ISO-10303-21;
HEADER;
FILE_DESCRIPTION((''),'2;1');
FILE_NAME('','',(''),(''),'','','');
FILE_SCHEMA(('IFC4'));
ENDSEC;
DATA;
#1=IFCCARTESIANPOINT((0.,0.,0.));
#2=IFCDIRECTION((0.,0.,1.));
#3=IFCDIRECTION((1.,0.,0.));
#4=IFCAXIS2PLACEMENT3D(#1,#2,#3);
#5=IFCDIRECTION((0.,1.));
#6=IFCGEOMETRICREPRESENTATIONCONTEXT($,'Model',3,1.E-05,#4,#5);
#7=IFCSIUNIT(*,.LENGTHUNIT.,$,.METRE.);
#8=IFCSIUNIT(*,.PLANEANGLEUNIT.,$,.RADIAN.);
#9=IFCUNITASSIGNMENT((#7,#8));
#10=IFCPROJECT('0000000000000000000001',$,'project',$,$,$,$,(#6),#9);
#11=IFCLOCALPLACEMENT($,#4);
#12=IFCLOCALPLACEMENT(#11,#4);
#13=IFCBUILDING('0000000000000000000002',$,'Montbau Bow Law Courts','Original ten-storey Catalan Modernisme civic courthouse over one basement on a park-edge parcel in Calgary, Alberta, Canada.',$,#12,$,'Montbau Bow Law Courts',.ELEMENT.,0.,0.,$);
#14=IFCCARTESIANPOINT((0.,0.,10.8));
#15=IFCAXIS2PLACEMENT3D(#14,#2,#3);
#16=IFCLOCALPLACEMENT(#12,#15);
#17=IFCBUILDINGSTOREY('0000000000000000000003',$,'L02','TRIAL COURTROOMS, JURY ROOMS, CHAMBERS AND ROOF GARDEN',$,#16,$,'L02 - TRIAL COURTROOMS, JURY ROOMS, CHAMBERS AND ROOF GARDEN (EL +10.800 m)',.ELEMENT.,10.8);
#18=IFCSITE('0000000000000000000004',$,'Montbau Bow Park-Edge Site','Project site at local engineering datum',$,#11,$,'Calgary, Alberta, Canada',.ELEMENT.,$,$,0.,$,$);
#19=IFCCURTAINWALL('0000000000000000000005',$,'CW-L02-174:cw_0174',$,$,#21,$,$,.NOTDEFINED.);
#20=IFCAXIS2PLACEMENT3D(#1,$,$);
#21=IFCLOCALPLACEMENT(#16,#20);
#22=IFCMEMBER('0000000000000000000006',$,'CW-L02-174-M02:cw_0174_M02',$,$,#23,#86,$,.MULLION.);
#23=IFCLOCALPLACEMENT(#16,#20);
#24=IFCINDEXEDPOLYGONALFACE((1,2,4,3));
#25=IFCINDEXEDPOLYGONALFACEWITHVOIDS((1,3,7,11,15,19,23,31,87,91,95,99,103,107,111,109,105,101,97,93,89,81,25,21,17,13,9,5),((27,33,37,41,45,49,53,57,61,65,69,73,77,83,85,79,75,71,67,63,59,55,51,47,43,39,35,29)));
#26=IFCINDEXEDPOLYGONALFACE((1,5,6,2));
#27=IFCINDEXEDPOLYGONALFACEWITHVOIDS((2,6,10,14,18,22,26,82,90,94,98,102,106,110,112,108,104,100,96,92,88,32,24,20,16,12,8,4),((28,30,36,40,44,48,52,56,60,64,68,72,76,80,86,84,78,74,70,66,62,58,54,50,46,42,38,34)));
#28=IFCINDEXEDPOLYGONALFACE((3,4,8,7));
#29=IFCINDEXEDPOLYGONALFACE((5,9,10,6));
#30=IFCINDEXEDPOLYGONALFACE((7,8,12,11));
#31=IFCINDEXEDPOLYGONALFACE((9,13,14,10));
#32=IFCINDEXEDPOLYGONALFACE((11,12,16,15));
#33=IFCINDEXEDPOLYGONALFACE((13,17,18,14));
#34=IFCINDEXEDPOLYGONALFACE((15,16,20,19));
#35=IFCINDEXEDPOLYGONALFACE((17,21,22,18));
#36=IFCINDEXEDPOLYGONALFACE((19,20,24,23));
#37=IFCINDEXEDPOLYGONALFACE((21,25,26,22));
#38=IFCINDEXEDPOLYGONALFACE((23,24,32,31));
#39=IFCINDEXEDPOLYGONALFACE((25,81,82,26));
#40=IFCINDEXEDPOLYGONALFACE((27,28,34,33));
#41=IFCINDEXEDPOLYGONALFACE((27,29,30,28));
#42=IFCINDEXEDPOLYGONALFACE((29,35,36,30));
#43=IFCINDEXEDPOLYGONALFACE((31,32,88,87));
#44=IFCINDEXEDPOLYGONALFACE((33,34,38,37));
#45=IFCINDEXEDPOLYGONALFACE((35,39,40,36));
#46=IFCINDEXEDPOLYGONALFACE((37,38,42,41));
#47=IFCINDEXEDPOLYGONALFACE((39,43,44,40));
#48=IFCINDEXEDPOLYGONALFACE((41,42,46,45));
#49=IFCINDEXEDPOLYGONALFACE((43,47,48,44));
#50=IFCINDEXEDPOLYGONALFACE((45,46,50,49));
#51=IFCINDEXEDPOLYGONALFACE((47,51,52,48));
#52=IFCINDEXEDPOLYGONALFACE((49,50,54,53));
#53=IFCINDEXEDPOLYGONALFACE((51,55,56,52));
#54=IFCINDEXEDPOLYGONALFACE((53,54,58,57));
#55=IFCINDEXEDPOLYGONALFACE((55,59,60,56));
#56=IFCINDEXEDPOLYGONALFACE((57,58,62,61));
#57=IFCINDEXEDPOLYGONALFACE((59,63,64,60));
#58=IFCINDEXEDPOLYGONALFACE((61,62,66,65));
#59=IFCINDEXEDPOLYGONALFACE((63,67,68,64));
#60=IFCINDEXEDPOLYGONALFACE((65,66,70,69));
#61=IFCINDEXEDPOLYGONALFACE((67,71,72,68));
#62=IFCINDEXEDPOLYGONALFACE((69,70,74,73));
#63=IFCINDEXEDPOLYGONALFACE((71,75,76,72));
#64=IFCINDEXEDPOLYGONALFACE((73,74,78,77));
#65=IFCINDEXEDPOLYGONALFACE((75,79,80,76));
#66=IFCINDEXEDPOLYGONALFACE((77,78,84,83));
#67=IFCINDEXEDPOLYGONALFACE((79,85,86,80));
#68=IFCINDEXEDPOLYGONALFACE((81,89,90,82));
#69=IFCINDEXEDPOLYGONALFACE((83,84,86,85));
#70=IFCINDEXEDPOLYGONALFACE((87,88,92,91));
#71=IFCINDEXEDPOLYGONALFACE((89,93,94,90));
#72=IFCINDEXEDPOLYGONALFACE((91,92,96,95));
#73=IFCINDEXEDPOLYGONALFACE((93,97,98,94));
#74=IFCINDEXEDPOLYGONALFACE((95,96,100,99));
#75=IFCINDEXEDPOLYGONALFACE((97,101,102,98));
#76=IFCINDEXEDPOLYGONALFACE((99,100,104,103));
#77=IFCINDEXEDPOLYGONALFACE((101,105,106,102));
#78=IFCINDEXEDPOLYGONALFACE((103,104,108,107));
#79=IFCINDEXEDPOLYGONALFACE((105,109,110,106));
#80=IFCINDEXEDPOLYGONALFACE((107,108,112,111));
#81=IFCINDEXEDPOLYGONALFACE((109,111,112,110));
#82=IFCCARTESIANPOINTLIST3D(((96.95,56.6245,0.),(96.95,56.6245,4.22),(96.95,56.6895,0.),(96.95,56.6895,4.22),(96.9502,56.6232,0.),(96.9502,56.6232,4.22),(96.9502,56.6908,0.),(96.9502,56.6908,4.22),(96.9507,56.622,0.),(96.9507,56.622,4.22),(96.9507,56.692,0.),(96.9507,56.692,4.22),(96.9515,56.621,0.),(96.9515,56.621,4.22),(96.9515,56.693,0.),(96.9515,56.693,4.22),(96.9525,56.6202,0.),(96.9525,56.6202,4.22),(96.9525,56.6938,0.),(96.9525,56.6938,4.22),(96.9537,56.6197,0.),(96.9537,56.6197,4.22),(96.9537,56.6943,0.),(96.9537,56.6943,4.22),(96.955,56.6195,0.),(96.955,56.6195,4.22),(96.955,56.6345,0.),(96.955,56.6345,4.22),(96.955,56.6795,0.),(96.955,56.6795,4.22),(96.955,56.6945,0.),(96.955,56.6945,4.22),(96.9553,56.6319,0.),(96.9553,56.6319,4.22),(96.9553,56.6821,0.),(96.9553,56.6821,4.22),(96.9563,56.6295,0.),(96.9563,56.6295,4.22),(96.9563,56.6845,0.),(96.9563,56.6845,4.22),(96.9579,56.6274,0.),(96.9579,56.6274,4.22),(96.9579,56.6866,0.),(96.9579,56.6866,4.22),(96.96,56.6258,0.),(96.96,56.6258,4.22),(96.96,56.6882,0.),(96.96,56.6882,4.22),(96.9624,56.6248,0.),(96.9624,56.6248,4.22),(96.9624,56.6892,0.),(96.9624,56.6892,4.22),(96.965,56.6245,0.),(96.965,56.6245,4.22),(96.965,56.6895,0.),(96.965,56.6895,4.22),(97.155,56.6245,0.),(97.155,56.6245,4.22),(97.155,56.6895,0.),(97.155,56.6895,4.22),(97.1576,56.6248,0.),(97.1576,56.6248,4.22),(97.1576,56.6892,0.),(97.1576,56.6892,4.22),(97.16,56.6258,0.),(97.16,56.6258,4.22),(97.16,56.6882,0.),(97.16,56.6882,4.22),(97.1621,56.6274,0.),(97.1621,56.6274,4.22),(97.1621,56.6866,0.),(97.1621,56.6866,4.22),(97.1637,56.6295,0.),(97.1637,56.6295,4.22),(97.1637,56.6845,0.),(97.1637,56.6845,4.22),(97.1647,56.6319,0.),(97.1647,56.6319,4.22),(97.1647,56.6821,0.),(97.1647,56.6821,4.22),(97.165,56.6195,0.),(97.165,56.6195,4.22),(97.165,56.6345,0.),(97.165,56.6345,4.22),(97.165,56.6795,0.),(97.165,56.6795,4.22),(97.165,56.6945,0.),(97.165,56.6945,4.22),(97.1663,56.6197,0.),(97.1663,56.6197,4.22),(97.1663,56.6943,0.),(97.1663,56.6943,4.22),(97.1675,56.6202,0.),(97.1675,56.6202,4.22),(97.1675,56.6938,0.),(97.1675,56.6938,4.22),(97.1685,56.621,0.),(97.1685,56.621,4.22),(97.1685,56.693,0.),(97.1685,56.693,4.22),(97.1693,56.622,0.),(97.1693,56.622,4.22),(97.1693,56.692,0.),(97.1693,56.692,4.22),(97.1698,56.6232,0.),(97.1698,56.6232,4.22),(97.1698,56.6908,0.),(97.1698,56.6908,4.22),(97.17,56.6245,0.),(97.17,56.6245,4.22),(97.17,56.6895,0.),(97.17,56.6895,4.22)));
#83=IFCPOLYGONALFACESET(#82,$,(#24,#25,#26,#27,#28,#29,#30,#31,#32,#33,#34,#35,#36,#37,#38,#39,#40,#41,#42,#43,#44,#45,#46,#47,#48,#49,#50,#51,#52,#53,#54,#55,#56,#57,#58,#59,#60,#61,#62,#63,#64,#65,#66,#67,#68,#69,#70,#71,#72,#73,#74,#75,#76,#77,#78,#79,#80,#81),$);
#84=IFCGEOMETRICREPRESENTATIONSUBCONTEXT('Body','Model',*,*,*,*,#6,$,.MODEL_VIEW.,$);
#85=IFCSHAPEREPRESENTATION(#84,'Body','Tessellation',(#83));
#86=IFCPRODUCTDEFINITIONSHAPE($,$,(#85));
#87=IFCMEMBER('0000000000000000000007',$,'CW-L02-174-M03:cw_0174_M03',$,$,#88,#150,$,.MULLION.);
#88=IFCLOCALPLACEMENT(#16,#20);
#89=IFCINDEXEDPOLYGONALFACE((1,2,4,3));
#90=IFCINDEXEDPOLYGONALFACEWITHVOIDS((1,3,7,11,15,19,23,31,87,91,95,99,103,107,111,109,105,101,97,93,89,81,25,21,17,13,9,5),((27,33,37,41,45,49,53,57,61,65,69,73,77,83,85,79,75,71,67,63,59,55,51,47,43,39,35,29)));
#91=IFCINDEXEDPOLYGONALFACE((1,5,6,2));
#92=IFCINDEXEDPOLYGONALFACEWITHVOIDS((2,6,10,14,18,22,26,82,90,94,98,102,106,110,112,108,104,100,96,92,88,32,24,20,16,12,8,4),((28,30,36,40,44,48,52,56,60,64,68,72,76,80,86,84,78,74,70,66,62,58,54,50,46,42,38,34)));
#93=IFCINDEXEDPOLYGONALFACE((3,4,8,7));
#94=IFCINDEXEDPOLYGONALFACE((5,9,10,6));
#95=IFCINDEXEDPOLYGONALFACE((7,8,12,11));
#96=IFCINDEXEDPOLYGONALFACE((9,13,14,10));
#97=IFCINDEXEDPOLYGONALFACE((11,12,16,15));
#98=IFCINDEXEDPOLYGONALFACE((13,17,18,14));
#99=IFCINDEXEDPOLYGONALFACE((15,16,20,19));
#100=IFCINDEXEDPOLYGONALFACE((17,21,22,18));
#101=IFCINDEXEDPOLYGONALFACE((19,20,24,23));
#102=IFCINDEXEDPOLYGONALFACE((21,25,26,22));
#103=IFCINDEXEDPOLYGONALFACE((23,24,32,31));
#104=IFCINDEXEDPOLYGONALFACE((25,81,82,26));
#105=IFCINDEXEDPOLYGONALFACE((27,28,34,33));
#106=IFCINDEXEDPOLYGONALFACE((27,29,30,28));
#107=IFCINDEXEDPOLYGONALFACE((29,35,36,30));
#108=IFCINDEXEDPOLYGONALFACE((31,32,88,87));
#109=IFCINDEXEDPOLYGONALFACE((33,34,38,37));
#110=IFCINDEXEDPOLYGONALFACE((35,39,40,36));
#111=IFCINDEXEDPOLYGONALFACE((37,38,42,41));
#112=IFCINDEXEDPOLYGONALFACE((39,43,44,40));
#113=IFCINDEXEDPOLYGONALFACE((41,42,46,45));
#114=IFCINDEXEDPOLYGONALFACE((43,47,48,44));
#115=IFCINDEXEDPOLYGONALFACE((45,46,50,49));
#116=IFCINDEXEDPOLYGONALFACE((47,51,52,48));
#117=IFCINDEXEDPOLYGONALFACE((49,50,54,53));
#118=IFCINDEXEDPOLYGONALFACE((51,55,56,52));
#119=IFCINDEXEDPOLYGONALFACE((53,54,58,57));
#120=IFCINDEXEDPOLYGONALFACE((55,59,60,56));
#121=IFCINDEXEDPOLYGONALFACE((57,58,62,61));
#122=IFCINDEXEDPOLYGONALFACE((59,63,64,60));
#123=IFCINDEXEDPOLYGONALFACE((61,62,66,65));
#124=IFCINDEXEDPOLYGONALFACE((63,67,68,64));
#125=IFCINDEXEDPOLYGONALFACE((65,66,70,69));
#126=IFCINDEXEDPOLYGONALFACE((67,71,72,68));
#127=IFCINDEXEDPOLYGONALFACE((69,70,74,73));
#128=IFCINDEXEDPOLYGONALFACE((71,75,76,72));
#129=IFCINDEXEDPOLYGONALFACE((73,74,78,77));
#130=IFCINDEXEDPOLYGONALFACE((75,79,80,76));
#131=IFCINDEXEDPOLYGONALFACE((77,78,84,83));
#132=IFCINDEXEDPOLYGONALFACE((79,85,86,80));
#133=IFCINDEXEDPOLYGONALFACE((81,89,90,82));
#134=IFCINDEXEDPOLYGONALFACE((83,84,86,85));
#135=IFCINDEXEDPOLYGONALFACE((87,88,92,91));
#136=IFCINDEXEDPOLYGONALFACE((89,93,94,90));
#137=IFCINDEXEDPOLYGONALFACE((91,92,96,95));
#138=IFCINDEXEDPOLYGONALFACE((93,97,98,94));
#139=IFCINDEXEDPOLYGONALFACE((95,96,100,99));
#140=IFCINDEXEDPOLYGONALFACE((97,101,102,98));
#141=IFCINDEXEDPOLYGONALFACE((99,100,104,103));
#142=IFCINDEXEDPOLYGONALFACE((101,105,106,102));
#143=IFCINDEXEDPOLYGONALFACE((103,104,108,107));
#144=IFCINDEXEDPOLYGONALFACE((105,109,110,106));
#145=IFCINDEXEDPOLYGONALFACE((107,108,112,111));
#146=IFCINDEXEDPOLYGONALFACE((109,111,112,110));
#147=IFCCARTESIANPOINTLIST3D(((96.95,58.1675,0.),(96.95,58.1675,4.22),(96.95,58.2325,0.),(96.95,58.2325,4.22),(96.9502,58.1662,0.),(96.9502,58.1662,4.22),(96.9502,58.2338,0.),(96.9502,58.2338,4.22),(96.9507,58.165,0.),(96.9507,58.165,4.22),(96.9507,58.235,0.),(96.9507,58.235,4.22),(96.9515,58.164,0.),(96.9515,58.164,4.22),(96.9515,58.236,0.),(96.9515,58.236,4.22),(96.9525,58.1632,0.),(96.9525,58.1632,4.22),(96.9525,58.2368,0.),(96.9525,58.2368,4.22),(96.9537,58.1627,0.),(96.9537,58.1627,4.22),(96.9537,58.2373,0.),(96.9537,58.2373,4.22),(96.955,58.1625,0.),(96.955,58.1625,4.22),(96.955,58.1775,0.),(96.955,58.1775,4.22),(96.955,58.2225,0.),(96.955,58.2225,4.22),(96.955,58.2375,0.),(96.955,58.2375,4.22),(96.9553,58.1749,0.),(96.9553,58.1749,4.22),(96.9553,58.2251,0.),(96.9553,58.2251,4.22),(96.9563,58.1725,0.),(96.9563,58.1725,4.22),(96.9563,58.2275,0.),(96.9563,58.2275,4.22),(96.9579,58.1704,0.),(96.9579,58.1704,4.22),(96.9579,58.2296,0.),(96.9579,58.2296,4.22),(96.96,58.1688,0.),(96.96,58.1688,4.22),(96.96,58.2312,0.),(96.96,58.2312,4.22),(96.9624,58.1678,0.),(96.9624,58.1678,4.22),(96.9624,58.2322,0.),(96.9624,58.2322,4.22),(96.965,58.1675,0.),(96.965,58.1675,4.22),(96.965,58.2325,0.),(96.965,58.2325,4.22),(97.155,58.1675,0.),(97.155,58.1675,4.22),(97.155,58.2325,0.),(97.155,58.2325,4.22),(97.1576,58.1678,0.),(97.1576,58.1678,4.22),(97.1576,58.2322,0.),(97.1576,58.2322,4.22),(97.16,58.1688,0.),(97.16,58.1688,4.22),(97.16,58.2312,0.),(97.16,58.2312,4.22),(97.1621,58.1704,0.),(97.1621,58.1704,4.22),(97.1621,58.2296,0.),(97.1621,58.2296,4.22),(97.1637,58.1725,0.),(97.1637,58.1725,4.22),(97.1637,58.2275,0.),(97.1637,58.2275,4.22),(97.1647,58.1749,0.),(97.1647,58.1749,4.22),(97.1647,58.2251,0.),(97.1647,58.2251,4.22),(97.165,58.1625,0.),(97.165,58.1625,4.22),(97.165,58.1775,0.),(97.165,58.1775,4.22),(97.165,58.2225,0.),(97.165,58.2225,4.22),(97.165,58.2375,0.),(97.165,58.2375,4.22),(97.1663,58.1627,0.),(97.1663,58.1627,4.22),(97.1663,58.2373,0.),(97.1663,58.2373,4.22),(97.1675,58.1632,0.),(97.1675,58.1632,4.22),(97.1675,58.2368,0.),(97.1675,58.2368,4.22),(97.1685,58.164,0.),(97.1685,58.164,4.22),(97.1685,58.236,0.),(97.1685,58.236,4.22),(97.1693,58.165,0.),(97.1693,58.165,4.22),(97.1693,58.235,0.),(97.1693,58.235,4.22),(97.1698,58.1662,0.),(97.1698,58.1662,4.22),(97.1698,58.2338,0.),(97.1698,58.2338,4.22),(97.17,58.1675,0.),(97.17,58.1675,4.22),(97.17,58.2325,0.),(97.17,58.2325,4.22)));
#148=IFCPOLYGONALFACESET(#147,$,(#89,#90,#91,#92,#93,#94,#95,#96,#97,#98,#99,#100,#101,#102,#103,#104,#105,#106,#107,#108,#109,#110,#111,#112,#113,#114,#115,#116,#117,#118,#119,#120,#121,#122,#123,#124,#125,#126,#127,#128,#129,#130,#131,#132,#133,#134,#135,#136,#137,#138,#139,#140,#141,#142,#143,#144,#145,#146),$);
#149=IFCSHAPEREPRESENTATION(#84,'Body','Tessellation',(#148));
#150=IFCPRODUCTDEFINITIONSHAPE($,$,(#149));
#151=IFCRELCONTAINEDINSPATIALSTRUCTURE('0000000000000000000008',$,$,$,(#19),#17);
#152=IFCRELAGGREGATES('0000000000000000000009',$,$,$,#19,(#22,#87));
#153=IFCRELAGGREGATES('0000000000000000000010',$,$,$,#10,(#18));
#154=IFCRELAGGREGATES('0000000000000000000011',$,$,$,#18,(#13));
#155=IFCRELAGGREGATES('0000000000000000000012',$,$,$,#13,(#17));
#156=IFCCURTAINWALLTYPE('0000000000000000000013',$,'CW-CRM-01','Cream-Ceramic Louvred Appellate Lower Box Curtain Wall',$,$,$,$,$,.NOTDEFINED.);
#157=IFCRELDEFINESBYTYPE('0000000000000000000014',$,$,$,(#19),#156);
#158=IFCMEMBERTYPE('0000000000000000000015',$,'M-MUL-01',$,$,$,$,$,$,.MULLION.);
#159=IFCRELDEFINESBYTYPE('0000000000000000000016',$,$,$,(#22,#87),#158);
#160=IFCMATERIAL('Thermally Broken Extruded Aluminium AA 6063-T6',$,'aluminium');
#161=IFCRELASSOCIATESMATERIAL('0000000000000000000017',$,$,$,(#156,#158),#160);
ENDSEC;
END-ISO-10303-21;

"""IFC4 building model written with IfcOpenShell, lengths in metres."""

from ifc_helpers import new_model, si_unit, direction, frame, origin_with_axes, origin_2d_with_axis, place, context, subcontext, project, spatial, hollow_rectangle, extrude, material, material_profile, profile_set, type_object, element, aggregate, save


model = new_model("IFC4")

# Units and contexts
model_context = context("Model", 3, precision=1e-05, world=origin_with_axes(), true_north=direction((0.0, 1.0)))
body_context = subcontext(model_context, "Body", "Model", "MODEL_VIEW")
ifc_project = project(units=[si_unit("LENGTHUNIT", "METRE"), si_unit("PLANEANGLEUNIT", "RADIAN")], contexts=[model_context])

# Site, building, storey
site_placement = place(None, origin_with_axes())
site = spatial("IfcSite", under=ifc_project, at=site_placement, Name="Montbau Bow Park-Edge Site", Description="Project site at local engineering datum", LongName="Calgary, Alberta, Canada", CompositionType="ELEMENT", RefElevation=0.0)
building_placement = place(site_placement, origin_with_axes())
building = spatial("IfcBuilding", under=site, at=building_placement, Name="Montbau Bow Law Courts", Description="Original ten-storey Catalan Modernisme civic courthouse over one basement on a park-edge parcel in Calgary, Alberta, Canada.", LongName="Montbau Bow Law Courts", CompositionType="ELEMENT", ElevationOfRefHeight=0.0, ElevationOfTerrain=0.0)
storey_placement = place(building_placement, frame((0.0, 0.0, 10.8), z_axis=(0.0, 0.0, 1.0), x_axis=(1.0, 0.0, 0.0)))
storey = spatial("IfcBuildingStorey", under=building, at=storey_placement, Name="L02", Description="TRIAL COURTROOMS, JURY ROOMS, CHAMBERS AND ROOF GARDEN", LongName="L02 - TRIAL COURTROOMS, JURY ROOMS, CHAMBERS AND ROOF GARDEN (EL +10.800 m)", CompositionType="ELEMENT", Elevation=10.8)

# Curtain wall, members
ifc_material_1 = material(Name="Thermally Broken Extruded Aluminium AA 6063-T6", Category="aluminium")
curtain_wall_type = type_object("IfcCurtainWallType", Name="CW-CRM-01", Description="Cream-Ceramic Louvred Appellate Lower Box Curtain Wall", PredefinedType="NOTDEFINED", material=ifc_material_1)
curtain_wall_placement = place(None, frame((97.06, 55.115, 10.8), z_axis=(0.0, 0.0, 1.0), x_axis=(1.0, 0.0, 0.0)))
curtain_wall = element("IfcCurtainWall", 1, at=curtain_wall_placement, inside=storey, type_object=curtain_wall_type, Name="CW-L02-174:cw_0174", PredefinedType="NOTDEFINED")
ifc_material_profile_1 = material_profile(ifc_material_1, hollow_rectangle(XDim=0.075, YDim=0.22, WallThickness=0.005, InnerFilletRadius=0.01, OuterFilletRadius=0.005, at=origin_2d_with_axis()), Name="CWM-220X75", Category="Main", Priority=0)
ifc_profile_set_1 = profile_set([ifc_material_profile_1], Name="Thermally Broken Extruded Aluminium AA 6063-T6")
member_type_1 = type_object("IfcMemberType", Name="M-MUL-01", PredefinedType="MULLION", material=ifc_profile_set_1)
member_1_placement = place(None, frame((97.06, 56.657, 10.8), z_axis=(0.0, 0.0, 1.0), x_axis=(0.0, 1.0, 0.0)))
member_1 = element("IfcMember", 2, at=member_1_placement, type_object=member_type_1, Name="CW-L02-174-M02:cw_0174_M02", PredefinedType="MULLION", context=body_context, shape_type="SweptSolid", body=[
    extrude(hollow_rectangle(XDim=0.075, YDim=0.22, WallThickness=0.005, InnerFilletRadius=0.01, OuterFilletRadius=0.005, at=origin_2d_with_axis()), origin_with_axes(), (0.0, 0.0, 1.0), 4.22),
])
member_2_placement = place(None, frame((97.06, 58.2, 10.8), z_axis=(0.0, 0.0, 1.0), x_axis=(0.0, 1.0, 0.0)))
member_2 = element("IfcMember", 3, at=member_2_placement, type_object=member_type_1, Name="CW-L02-174-M03:cw_0174_M03", PredefinedType="MULLION", context=body_context, shape_type="SweptSolid", body=[
    extrude(hollow_rectangle(XDim=0.075, YDim=0.22, WallThickness=0.005, InnerFilletRadius=0.01, OuterFilletRadius=0.005, at=origin_2d_with_axis()), origin_with_axes(), (0.0, 0.0, 1.0), 4.22),
])
aggregate(curtain_wall, [member_1, member_2])

save(model, "model.ifc")
